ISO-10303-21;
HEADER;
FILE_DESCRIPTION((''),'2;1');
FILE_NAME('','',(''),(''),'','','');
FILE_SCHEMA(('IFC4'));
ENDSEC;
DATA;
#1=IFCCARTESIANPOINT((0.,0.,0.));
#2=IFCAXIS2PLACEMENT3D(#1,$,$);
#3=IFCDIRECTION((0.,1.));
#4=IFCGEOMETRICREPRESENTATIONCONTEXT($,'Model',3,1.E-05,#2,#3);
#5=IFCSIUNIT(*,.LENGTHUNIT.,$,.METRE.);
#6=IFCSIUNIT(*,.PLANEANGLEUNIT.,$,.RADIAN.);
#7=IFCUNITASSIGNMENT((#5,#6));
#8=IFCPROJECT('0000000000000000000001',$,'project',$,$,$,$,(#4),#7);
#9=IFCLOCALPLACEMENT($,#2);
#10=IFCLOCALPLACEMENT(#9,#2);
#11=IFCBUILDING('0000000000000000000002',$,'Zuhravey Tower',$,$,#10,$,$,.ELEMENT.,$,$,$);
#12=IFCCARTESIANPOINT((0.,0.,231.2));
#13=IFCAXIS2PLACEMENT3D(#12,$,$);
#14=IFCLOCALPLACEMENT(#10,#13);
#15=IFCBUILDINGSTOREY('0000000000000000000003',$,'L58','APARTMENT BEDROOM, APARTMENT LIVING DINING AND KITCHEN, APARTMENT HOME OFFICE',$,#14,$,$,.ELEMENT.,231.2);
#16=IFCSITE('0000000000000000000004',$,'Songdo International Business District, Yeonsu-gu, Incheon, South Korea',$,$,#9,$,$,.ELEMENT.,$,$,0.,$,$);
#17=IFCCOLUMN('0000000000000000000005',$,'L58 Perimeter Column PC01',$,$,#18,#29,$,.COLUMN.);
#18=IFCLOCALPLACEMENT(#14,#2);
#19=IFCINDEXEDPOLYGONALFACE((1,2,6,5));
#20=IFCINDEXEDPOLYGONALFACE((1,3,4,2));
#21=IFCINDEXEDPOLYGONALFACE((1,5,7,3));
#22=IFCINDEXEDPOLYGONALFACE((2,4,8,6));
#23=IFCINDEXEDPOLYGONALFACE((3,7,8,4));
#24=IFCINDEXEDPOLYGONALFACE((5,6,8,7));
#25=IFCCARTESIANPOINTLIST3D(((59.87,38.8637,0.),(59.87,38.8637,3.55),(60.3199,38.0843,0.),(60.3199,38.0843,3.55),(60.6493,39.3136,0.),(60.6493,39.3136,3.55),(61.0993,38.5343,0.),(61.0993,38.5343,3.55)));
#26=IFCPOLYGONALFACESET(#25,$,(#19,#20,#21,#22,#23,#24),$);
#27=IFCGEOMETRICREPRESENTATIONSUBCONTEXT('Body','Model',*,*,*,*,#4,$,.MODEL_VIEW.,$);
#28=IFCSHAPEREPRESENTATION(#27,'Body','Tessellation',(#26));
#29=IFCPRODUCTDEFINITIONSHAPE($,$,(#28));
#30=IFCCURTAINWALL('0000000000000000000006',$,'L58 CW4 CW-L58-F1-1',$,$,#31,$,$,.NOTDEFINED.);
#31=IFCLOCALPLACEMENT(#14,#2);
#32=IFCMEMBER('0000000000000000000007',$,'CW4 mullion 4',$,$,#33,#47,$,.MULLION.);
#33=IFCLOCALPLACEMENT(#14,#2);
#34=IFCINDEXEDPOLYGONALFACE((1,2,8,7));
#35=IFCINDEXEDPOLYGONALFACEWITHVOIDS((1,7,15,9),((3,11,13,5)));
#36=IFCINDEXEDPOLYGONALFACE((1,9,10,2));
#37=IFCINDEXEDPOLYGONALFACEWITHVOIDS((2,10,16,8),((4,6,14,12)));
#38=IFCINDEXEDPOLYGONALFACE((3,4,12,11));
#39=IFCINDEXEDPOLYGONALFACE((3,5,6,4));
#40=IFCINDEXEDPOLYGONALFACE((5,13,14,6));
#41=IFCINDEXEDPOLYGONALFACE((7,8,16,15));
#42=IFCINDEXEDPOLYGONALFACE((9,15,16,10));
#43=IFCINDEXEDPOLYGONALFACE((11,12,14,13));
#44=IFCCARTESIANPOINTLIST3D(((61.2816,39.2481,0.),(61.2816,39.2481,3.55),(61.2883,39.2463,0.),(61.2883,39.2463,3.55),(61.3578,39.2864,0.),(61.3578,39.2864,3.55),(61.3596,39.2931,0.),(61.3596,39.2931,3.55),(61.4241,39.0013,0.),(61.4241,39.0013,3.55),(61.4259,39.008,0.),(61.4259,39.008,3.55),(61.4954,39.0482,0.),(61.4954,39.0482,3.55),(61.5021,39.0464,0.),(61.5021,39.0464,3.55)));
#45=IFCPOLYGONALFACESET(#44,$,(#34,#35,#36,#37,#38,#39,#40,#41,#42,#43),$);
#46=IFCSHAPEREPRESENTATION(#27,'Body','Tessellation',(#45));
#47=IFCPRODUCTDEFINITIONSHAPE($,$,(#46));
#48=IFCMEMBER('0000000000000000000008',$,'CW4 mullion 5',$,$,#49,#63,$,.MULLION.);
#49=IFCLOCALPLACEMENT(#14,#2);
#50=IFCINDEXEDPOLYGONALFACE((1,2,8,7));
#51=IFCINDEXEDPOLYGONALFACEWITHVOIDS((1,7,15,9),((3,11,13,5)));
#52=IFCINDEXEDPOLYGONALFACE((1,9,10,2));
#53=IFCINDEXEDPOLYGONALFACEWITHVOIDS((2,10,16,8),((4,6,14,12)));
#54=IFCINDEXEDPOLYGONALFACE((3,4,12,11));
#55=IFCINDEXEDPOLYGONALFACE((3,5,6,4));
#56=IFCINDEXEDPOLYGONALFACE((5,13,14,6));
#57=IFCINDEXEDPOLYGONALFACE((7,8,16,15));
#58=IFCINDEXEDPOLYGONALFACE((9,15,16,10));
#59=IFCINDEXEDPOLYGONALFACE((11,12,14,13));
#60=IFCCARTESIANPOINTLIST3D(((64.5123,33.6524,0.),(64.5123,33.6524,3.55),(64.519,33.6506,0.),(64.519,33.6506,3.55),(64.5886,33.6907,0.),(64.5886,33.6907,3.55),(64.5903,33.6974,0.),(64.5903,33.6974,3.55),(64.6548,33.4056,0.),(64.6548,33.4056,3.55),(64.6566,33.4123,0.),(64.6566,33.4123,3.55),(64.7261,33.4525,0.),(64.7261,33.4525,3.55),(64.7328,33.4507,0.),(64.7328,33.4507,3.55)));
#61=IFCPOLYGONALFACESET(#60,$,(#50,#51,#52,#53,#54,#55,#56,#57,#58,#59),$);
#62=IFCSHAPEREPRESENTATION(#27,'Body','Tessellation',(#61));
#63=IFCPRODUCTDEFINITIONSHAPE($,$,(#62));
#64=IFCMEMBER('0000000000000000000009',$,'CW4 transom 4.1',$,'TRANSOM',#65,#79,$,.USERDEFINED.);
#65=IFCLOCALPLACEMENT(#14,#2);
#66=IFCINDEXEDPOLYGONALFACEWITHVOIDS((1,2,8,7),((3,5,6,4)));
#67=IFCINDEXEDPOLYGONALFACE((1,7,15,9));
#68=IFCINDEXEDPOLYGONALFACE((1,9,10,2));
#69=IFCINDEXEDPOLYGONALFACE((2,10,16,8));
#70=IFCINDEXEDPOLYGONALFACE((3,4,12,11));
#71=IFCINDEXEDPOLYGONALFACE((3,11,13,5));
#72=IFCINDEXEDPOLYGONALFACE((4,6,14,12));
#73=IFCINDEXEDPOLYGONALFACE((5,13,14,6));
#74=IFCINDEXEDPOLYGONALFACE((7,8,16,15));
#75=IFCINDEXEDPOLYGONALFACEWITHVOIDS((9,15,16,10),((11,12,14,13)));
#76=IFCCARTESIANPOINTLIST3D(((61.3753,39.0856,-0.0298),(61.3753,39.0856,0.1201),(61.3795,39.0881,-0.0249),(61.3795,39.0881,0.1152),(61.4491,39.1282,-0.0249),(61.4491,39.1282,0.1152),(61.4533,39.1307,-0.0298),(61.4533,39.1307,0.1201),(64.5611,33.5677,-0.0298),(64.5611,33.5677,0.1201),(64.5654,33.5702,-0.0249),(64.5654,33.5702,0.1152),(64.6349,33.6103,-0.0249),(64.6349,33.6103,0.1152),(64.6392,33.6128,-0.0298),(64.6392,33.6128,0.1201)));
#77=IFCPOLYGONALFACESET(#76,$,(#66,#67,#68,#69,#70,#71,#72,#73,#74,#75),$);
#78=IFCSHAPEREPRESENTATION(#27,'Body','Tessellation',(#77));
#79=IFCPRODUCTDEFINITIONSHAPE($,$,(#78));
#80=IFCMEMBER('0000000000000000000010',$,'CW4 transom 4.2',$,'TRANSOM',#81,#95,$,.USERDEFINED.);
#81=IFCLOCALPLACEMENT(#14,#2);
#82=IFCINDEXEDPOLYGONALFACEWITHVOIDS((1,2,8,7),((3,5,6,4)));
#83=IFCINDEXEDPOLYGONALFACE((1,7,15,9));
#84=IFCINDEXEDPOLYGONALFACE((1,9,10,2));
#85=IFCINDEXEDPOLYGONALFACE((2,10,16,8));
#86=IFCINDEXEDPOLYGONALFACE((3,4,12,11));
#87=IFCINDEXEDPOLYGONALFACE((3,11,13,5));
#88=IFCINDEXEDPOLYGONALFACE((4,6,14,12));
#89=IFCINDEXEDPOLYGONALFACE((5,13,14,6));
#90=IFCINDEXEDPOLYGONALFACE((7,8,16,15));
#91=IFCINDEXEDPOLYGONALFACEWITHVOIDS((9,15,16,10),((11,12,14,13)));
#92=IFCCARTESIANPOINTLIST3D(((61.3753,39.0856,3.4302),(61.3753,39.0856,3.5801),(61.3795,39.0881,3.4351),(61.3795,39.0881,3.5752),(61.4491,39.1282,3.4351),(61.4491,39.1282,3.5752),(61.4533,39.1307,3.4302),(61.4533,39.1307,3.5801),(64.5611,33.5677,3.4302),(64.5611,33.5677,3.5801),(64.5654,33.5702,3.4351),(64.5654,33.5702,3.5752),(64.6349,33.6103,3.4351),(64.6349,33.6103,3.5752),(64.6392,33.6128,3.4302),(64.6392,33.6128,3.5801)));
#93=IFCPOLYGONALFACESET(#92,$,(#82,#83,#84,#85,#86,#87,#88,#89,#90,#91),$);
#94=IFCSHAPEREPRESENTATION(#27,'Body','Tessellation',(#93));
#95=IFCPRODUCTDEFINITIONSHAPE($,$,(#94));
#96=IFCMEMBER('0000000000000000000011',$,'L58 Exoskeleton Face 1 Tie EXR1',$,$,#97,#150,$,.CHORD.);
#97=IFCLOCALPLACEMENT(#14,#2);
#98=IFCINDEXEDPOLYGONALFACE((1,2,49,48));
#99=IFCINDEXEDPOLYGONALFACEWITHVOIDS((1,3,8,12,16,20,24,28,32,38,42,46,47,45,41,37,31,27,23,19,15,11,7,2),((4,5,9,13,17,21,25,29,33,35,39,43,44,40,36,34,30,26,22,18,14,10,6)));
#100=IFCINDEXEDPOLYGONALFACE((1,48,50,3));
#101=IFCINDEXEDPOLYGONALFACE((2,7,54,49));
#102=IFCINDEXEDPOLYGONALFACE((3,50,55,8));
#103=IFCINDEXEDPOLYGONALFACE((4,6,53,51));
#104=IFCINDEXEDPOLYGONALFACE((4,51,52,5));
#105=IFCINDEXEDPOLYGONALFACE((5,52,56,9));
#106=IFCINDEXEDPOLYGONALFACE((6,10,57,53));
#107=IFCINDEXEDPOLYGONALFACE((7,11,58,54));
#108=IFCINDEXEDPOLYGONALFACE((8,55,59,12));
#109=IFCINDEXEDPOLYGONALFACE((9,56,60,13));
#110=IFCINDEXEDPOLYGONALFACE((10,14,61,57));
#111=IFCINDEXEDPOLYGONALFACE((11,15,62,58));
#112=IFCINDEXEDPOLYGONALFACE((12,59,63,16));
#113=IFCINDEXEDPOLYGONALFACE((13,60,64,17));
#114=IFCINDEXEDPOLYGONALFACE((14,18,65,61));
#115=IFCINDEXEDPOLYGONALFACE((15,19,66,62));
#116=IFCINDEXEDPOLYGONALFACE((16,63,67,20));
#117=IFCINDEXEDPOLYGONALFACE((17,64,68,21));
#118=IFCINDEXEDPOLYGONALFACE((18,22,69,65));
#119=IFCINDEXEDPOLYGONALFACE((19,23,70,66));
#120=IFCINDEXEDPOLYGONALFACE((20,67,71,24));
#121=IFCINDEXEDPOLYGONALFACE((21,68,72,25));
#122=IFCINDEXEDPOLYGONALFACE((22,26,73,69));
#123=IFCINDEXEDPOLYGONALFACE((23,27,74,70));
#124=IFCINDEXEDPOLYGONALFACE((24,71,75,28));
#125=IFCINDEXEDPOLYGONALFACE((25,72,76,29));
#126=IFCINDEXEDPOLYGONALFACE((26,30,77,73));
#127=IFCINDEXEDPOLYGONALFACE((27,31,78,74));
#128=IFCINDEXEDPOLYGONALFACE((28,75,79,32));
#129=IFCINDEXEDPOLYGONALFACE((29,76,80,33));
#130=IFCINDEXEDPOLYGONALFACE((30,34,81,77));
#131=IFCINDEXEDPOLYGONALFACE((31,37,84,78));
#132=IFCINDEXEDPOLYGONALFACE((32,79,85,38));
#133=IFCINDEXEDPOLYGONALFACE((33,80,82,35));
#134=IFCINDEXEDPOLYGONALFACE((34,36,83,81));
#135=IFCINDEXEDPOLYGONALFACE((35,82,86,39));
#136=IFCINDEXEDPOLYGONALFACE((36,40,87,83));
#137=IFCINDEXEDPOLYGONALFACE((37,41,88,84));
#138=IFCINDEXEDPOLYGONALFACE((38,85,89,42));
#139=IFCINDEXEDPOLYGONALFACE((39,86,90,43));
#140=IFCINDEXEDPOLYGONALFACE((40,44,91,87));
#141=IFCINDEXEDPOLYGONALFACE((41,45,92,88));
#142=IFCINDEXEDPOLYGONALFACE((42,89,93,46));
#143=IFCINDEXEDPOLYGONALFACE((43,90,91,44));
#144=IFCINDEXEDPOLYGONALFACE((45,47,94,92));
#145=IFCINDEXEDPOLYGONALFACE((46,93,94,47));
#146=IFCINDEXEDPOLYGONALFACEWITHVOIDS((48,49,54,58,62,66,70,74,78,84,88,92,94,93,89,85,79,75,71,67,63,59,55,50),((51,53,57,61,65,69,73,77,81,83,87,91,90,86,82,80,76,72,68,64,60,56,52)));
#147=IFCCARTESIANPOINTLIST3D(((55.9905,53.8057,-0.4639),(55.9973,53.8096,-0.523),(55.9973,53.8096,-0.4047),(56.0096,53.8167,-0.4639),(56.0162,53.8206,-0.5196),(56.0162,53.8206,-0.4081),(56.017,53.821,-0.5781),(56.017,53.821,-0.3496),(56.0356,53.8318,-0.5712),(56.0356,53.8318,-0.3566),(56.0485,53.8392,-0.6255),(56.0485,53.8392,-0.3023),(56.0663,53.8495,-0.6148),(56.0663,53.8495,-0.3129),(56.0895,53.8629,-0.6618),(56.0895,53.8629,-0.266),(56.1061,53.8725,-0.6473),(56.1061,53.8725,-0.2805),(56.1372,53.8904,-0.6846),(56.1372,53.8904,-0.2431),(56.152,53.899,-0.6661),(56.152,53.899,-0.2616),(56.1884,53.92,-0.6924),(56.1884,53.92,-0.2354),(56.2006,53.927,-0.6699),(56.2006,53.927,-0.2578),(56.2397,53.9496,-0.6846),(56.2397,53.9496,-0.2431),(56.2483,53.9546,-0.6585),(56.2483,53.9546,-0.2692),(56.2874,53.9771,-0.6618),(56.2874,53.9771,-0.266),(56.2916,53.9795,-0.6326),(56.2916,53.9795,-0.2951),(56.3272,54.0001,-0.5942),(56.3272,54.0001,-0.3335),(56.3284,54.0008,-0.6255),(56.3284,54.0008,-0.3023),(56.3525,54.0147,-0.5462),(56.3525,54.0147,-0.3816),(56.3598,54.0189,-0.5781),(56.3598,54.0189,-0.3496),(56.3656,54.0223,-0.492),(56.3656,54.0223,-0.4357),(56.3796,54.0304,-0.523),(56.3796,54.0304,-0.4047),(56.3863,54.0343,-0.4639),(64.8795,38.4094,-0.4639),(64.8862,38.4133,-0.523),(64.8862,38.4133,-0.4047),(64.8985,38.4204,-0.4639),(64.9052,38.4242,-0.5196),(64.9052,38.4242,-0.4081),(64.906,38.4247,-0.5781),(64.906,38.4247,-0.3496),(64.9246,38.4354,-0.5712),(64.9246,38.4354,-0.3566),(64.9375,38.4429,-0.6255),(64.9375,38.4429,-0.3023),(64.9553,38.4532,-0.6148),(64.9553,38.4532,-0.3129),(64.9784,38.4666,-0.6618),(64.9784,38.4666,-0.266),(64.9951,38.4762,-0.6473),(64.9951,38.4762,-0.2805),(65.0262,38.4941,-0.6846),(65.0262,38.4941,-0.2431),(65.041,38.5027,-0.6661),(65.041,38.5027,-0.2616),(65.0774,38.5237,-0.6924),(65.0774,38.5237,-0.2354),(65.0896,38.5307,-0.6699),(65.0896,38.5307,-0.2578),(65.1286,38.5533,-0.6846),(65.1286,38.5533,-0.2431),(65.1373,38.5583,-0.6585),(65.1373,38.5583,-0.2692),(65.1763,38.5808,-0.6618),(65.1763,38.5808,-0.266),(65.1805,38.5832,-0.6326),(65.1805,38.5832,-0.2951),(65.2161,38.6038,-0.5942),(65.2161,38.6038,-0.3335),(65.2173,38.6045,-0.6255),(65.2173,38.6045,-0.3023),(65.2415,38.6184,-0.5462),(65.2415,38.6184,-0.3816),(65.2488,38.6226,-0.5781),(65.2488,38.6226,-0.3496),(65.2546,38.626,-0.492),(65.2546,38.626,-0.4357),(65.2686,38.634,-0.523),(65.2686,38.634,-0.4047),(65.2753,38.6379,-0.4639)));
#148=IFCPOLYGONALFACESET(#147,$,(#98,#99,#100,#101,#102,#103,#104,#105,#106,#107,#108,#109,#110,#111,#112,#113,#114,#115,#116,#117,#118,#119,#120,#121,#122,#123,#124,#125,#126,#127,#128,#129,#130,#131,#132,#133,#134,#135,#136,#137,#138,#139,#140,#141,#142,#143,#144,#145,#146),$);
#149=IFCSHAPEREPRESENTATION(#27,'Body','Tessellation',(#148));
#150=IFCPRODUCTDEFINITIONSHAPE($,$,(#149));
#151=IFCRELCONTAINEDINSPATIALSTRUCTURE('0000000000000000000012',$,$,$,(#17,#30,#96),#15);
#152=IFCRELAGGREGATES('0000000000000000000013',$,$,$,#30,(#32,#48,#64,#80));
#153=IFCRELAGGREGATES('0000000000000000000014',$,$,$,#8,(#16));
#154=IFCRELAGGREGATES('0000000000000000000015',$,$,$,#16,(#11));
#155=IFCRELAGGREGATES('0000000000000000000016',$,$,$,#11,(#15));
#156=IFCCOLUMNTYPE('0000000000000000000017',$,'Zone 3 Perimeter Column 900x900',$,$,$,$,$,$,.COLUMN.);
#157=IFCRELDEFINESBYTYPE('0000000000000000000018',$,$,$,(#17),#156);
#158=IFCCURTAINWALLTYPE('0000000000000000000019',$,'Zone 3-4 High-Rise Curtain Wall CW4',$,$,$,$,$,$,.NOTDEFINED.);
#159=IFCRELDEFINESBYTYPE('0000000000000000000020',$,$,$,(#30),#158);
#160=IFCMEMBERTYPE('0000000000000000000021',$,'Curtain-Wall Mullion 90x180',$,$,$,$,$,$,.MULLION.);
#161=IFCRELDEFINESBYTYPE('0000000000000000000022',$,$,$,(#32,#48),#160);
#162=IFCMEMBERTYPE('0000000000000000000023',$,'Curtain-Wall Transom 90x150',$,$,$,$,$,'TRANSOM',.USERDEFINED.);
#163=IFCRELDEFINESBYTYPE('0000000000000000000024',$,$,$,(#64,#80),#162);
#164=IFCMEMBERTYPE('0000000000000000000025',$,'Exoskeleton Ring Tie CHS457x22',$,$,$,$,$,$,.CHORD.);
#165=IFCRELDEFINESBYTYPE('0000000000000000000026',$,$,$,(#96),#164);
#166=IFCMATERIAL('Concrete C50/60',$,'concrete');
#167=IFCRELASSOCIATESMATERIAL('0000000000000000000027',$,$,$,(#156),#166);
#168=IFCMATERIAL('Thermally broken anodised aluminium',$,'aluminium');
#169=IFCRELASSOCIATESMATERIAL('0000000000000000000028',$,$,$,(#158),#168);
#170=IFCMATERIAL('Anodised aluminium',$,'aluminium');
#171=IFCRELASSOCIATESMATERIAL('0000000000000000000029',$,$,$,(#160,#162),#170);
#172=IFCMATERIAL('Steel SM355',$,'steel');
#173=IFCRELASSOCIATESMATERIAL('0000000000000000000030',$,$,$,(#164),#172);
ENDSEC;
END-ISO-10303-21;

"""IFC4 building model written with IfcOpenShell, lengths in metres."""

from ifc_helpers import new_model, si_unit, direction, frame, origin, origin_2d, place, context, subcontext, project, spatial, rectangle, hollow_rectangle, hollow_circle, extrude, material, material_profile, profile_set, type_object, element, aggregate, save


model = new_model("IFC4")

# Units and contexts
model_context = context("Model", 3, precision=1e-05, world=origin(), true_north=direction((0.0, 1.0)))
body_context = subcontext(model_context, "Body", "Model", "MODEL_VIEW")
ifc_project = project(units=[si_unit("LENGTHUNIT", "METRE"), si_unit("PLANEANGLEUNIT", "RADIAN")], contexts=[model_context])

# Site, building, storey
site_placement = place(None, origin())
site = spatial("IfcSite", under=ifc_project, at=site_placement, Name="Songdo International Business District, Yeonsu-gu, Incheon, South Korea", CompositionType="ELEMENT", RefElevation=0.0)
building_placement = place(site_placement, origin())
building = spatial("IfcBuilding", under=site, at=building_placement, Name="Zuhravey Tower", CompositionType="ELEMENT")
storey_placement = place(building_placement, frame((0.0, 0.0, 231.2)))
storey = spatial("IfcBuildingStorey", under=building, at=storey_placement, Name="L58", Description="APARTMENT BEDROOM, APARTMENT LIVING DINING AND KITCHEN, APARTMENT HOME OFFICE", CompositionType="ELEMENT", Elevation=231.2)

# Column
ifc_material_1 = material(Name="Concrete C50/60", Category="concrete")
ifc_material_profile_1 = material_profile(ifc_material_1, rectangle(XDim=0.8999, YDim=0.8999, at=origin_2d()), Name="RC-900x900")
ifc_profile_set_1 = profile_set([ifc_material_profile_1], Name="Concrete C50/60")
column_type = type_object("IfcColumnType", Name="Zone 3 Perimeter Column 900x900", PredefinedType="COLUMN", material=ifc_profile_set_1)
column_placement = place(storey_placement, frame((60.4846, 38.699, 0.0), z_axis=(0.0, 0.0, 1.0), x_axis=(-0.5, 0.866025, 0.0)))
element("IfcColumn", 1, at=column_placement, inside=storey, type_object=column_type, Name="L58 Perimeter Column PC01", PredefinedType="COLUMN", context=body_context, shape_type="SweptSolid", body=[
    extrude(rectangle(XDim=0.8999, YDim=0.8999, at=origin_2d()), origin(), (0.0, 0.0, 1.0), 3.55),
])

# Curtain wall, members
ifc_material_2 = material(Name="Thermally broken anodised aluminium", Category="aluminium")
curtain_wall_type = type_object("IfcCurtainWallType", Name="Zone 3-4 High-Rise Curtain Wall CW4", PredefinedType="NOTDEFINED", material=ifc_material_2)
curtain_wall_placement = place(storey_placement, origin())
curtain_wall = element("IfcCurtainWall", 2, at=curtain_wall_placement, inside=storey, type_object=curtain_wall_type, Name="L58 CW4 CW-L58-F1-1", PredefinedType="NOTDEFINED")
ifc_material_3 = material(Name="Anodised aluminium", Category="aluminium")
ifc_material_profile_2 = material_profile(ifc_material_3, hollow_rectangle(XDim=0.0901, YDim=0.2849, WallThickness=0.0049, at=origin_2d()), Name="ALU-RHS-90x285x5")
ifc_profile_set_2 = profile_set([ifc_material_profile_2], Name="Anodised aluminium")
member_type_1 = type_object("IfcMemberType", Name="Curtain-Wall Mullion 90x180", PredefinedType="MULLION", material=ifc_profile_set_2)
member_1_placement = place(storey_placement, frame((61.3918, 39.1472, 0.0), z_axis=(0.0, 0.0, 1.0), x_axis=(0.866025, 0.500001, 0.0)))
member_1 = element("IfcMember", 3, at=member_1_placement, type_object=member_type_1, Name="CW4 mullion 4", PredefinedType="MULLION", context=body_context, shape_type="SweptSolid", body=[
    extrude(hollow_rectangle(XDim=0.0901, YDim=0.2849, WallThickness=0.0049, at=origin_2d()), origin(), (0.0, 0.0, 1.0), 3.55),
])
member_2_placement = place(storey_placement, frame((64.6226, 33.5515, 0.0), z_axis=(0.0, 0.0, 1.0), x_axis=(0.866025, 0.500001, 0.0)))
member_2 = element("IfcMember", 4, at=member_2_placement, type_object=member_type_1, Name="CW4 mullion 5", PredefinedType="MULLION", context=body_context, shape_type="SweptSolid", body=[
    extrude(hollow_rectangle(XDim=0.0901, YDim=0.2849, WallThickness=0.0049, at=origin_2d()), origin(), (0.0, 0.0, 1.0), 3.55),
])
ifc_material_profile_3 = material_profile(ifc_material_3, hollow_rectangle(XDim=0.0901, YDim=0.1499, WallThickness=0.0049, at=origin_2d()), Name="ALU-RHS-90x150x5")
ifc_profile_set_3 = profile_set([ifc_material_profile_3], Name="Anodised aluminium")
member_type_2 = type_object("IfcMemberType", Name="Curtain-Wall Transom 90x150", ElementType="TRANSOM", PredefinedType="USERDEFINED", material=ifc_profile_set_3)
member_3_placement = place(storey_placement, frame((61.4143, 39.1082, 0.0452), z_axis=(0.500009, -0.86602, 0.0), x_axis=(0.86602, 0.500009, 0.0)))
member_3 = element("IfcMember", 5, at=member_3_placement, type_object=member_type_2, Name="CW4 transom 4.1", ObjectType="TRANSOM", PredefinedType="USERDEFINED", context=body_context, shape_type="SweptSolid", body=[
    extrude(hollow_rectangle(XDim=0.0901, YDim=0.1499, WallThickness=0.0049, at=origin_2d()), origin(), (0.0, 0.0, 1.0), 6.3716),
])
member_4_placement = place(storey_placement, frame((61.4143, 39.1082, 3.5051), z_axis=(0.500009, -0.86602, 0.0), x_axis=(0.86602, 0.500009, 0.0)))
member_4 = element("IfcMember", 6, at=member_4_placement, type_object=member_type_2, Name="CW4 transom 4.2", ObjectType="TRANSOM", PredefinedType="USERDEFINED", context=body_context, shape_type="SweptSolid", body=[
    extrude(hollow_rectangle(XDim=0.0901, YDim=0.1499, WallThickness=0.0049, at=origin_2d()), origin(), (0.0, 0.0, 1.0), 6.3716),
])

# Member
ifc_material_4 = material(Name="Steel SM355", Category="steel")
ifc_material_profile_4 = material_profile(ifc_material_4, hollow_circle(Radius=0.2285, WallThickness=0.022, at=origin_2d()), Name="CHS-457.2x22")
ifc_profile_set_4 = profile_set([ifc_material_profile_4], Name="Steel SM355")
member_type_3 = type_object("IfcMemberType", Name="Exoskeleton Ring Tie CHS457x22", PredefinedType="CHORD", material=ifc_profile_set_4)
member_5_placement = place(storey_placement, frame((65.0774, 38.5237, -0.4639), z_axis=(-0.499995, 0.866028, 0.0), x_axis=(-0.866028, -0.499995, 0.0)))
element("IfcMember", 7, at=member_5_placement, inside=storey, type_object=member_type_3, Name="L58 Exoskeleton Face 1 Tie EXR1", PredefinedType="CHORD", context=body_context, shape_type="SweptSolid", body=[
    extrude(hollow_circle(Radius=0.2285, WallThickness=0.022, at=origin_2d()), origin(), (0.0, 0.0, 1.0), 17.7781),
])

aggregate(curtain_wall, [member_1, member_2, member_3, member_4])

save(model, "model.ifc")
